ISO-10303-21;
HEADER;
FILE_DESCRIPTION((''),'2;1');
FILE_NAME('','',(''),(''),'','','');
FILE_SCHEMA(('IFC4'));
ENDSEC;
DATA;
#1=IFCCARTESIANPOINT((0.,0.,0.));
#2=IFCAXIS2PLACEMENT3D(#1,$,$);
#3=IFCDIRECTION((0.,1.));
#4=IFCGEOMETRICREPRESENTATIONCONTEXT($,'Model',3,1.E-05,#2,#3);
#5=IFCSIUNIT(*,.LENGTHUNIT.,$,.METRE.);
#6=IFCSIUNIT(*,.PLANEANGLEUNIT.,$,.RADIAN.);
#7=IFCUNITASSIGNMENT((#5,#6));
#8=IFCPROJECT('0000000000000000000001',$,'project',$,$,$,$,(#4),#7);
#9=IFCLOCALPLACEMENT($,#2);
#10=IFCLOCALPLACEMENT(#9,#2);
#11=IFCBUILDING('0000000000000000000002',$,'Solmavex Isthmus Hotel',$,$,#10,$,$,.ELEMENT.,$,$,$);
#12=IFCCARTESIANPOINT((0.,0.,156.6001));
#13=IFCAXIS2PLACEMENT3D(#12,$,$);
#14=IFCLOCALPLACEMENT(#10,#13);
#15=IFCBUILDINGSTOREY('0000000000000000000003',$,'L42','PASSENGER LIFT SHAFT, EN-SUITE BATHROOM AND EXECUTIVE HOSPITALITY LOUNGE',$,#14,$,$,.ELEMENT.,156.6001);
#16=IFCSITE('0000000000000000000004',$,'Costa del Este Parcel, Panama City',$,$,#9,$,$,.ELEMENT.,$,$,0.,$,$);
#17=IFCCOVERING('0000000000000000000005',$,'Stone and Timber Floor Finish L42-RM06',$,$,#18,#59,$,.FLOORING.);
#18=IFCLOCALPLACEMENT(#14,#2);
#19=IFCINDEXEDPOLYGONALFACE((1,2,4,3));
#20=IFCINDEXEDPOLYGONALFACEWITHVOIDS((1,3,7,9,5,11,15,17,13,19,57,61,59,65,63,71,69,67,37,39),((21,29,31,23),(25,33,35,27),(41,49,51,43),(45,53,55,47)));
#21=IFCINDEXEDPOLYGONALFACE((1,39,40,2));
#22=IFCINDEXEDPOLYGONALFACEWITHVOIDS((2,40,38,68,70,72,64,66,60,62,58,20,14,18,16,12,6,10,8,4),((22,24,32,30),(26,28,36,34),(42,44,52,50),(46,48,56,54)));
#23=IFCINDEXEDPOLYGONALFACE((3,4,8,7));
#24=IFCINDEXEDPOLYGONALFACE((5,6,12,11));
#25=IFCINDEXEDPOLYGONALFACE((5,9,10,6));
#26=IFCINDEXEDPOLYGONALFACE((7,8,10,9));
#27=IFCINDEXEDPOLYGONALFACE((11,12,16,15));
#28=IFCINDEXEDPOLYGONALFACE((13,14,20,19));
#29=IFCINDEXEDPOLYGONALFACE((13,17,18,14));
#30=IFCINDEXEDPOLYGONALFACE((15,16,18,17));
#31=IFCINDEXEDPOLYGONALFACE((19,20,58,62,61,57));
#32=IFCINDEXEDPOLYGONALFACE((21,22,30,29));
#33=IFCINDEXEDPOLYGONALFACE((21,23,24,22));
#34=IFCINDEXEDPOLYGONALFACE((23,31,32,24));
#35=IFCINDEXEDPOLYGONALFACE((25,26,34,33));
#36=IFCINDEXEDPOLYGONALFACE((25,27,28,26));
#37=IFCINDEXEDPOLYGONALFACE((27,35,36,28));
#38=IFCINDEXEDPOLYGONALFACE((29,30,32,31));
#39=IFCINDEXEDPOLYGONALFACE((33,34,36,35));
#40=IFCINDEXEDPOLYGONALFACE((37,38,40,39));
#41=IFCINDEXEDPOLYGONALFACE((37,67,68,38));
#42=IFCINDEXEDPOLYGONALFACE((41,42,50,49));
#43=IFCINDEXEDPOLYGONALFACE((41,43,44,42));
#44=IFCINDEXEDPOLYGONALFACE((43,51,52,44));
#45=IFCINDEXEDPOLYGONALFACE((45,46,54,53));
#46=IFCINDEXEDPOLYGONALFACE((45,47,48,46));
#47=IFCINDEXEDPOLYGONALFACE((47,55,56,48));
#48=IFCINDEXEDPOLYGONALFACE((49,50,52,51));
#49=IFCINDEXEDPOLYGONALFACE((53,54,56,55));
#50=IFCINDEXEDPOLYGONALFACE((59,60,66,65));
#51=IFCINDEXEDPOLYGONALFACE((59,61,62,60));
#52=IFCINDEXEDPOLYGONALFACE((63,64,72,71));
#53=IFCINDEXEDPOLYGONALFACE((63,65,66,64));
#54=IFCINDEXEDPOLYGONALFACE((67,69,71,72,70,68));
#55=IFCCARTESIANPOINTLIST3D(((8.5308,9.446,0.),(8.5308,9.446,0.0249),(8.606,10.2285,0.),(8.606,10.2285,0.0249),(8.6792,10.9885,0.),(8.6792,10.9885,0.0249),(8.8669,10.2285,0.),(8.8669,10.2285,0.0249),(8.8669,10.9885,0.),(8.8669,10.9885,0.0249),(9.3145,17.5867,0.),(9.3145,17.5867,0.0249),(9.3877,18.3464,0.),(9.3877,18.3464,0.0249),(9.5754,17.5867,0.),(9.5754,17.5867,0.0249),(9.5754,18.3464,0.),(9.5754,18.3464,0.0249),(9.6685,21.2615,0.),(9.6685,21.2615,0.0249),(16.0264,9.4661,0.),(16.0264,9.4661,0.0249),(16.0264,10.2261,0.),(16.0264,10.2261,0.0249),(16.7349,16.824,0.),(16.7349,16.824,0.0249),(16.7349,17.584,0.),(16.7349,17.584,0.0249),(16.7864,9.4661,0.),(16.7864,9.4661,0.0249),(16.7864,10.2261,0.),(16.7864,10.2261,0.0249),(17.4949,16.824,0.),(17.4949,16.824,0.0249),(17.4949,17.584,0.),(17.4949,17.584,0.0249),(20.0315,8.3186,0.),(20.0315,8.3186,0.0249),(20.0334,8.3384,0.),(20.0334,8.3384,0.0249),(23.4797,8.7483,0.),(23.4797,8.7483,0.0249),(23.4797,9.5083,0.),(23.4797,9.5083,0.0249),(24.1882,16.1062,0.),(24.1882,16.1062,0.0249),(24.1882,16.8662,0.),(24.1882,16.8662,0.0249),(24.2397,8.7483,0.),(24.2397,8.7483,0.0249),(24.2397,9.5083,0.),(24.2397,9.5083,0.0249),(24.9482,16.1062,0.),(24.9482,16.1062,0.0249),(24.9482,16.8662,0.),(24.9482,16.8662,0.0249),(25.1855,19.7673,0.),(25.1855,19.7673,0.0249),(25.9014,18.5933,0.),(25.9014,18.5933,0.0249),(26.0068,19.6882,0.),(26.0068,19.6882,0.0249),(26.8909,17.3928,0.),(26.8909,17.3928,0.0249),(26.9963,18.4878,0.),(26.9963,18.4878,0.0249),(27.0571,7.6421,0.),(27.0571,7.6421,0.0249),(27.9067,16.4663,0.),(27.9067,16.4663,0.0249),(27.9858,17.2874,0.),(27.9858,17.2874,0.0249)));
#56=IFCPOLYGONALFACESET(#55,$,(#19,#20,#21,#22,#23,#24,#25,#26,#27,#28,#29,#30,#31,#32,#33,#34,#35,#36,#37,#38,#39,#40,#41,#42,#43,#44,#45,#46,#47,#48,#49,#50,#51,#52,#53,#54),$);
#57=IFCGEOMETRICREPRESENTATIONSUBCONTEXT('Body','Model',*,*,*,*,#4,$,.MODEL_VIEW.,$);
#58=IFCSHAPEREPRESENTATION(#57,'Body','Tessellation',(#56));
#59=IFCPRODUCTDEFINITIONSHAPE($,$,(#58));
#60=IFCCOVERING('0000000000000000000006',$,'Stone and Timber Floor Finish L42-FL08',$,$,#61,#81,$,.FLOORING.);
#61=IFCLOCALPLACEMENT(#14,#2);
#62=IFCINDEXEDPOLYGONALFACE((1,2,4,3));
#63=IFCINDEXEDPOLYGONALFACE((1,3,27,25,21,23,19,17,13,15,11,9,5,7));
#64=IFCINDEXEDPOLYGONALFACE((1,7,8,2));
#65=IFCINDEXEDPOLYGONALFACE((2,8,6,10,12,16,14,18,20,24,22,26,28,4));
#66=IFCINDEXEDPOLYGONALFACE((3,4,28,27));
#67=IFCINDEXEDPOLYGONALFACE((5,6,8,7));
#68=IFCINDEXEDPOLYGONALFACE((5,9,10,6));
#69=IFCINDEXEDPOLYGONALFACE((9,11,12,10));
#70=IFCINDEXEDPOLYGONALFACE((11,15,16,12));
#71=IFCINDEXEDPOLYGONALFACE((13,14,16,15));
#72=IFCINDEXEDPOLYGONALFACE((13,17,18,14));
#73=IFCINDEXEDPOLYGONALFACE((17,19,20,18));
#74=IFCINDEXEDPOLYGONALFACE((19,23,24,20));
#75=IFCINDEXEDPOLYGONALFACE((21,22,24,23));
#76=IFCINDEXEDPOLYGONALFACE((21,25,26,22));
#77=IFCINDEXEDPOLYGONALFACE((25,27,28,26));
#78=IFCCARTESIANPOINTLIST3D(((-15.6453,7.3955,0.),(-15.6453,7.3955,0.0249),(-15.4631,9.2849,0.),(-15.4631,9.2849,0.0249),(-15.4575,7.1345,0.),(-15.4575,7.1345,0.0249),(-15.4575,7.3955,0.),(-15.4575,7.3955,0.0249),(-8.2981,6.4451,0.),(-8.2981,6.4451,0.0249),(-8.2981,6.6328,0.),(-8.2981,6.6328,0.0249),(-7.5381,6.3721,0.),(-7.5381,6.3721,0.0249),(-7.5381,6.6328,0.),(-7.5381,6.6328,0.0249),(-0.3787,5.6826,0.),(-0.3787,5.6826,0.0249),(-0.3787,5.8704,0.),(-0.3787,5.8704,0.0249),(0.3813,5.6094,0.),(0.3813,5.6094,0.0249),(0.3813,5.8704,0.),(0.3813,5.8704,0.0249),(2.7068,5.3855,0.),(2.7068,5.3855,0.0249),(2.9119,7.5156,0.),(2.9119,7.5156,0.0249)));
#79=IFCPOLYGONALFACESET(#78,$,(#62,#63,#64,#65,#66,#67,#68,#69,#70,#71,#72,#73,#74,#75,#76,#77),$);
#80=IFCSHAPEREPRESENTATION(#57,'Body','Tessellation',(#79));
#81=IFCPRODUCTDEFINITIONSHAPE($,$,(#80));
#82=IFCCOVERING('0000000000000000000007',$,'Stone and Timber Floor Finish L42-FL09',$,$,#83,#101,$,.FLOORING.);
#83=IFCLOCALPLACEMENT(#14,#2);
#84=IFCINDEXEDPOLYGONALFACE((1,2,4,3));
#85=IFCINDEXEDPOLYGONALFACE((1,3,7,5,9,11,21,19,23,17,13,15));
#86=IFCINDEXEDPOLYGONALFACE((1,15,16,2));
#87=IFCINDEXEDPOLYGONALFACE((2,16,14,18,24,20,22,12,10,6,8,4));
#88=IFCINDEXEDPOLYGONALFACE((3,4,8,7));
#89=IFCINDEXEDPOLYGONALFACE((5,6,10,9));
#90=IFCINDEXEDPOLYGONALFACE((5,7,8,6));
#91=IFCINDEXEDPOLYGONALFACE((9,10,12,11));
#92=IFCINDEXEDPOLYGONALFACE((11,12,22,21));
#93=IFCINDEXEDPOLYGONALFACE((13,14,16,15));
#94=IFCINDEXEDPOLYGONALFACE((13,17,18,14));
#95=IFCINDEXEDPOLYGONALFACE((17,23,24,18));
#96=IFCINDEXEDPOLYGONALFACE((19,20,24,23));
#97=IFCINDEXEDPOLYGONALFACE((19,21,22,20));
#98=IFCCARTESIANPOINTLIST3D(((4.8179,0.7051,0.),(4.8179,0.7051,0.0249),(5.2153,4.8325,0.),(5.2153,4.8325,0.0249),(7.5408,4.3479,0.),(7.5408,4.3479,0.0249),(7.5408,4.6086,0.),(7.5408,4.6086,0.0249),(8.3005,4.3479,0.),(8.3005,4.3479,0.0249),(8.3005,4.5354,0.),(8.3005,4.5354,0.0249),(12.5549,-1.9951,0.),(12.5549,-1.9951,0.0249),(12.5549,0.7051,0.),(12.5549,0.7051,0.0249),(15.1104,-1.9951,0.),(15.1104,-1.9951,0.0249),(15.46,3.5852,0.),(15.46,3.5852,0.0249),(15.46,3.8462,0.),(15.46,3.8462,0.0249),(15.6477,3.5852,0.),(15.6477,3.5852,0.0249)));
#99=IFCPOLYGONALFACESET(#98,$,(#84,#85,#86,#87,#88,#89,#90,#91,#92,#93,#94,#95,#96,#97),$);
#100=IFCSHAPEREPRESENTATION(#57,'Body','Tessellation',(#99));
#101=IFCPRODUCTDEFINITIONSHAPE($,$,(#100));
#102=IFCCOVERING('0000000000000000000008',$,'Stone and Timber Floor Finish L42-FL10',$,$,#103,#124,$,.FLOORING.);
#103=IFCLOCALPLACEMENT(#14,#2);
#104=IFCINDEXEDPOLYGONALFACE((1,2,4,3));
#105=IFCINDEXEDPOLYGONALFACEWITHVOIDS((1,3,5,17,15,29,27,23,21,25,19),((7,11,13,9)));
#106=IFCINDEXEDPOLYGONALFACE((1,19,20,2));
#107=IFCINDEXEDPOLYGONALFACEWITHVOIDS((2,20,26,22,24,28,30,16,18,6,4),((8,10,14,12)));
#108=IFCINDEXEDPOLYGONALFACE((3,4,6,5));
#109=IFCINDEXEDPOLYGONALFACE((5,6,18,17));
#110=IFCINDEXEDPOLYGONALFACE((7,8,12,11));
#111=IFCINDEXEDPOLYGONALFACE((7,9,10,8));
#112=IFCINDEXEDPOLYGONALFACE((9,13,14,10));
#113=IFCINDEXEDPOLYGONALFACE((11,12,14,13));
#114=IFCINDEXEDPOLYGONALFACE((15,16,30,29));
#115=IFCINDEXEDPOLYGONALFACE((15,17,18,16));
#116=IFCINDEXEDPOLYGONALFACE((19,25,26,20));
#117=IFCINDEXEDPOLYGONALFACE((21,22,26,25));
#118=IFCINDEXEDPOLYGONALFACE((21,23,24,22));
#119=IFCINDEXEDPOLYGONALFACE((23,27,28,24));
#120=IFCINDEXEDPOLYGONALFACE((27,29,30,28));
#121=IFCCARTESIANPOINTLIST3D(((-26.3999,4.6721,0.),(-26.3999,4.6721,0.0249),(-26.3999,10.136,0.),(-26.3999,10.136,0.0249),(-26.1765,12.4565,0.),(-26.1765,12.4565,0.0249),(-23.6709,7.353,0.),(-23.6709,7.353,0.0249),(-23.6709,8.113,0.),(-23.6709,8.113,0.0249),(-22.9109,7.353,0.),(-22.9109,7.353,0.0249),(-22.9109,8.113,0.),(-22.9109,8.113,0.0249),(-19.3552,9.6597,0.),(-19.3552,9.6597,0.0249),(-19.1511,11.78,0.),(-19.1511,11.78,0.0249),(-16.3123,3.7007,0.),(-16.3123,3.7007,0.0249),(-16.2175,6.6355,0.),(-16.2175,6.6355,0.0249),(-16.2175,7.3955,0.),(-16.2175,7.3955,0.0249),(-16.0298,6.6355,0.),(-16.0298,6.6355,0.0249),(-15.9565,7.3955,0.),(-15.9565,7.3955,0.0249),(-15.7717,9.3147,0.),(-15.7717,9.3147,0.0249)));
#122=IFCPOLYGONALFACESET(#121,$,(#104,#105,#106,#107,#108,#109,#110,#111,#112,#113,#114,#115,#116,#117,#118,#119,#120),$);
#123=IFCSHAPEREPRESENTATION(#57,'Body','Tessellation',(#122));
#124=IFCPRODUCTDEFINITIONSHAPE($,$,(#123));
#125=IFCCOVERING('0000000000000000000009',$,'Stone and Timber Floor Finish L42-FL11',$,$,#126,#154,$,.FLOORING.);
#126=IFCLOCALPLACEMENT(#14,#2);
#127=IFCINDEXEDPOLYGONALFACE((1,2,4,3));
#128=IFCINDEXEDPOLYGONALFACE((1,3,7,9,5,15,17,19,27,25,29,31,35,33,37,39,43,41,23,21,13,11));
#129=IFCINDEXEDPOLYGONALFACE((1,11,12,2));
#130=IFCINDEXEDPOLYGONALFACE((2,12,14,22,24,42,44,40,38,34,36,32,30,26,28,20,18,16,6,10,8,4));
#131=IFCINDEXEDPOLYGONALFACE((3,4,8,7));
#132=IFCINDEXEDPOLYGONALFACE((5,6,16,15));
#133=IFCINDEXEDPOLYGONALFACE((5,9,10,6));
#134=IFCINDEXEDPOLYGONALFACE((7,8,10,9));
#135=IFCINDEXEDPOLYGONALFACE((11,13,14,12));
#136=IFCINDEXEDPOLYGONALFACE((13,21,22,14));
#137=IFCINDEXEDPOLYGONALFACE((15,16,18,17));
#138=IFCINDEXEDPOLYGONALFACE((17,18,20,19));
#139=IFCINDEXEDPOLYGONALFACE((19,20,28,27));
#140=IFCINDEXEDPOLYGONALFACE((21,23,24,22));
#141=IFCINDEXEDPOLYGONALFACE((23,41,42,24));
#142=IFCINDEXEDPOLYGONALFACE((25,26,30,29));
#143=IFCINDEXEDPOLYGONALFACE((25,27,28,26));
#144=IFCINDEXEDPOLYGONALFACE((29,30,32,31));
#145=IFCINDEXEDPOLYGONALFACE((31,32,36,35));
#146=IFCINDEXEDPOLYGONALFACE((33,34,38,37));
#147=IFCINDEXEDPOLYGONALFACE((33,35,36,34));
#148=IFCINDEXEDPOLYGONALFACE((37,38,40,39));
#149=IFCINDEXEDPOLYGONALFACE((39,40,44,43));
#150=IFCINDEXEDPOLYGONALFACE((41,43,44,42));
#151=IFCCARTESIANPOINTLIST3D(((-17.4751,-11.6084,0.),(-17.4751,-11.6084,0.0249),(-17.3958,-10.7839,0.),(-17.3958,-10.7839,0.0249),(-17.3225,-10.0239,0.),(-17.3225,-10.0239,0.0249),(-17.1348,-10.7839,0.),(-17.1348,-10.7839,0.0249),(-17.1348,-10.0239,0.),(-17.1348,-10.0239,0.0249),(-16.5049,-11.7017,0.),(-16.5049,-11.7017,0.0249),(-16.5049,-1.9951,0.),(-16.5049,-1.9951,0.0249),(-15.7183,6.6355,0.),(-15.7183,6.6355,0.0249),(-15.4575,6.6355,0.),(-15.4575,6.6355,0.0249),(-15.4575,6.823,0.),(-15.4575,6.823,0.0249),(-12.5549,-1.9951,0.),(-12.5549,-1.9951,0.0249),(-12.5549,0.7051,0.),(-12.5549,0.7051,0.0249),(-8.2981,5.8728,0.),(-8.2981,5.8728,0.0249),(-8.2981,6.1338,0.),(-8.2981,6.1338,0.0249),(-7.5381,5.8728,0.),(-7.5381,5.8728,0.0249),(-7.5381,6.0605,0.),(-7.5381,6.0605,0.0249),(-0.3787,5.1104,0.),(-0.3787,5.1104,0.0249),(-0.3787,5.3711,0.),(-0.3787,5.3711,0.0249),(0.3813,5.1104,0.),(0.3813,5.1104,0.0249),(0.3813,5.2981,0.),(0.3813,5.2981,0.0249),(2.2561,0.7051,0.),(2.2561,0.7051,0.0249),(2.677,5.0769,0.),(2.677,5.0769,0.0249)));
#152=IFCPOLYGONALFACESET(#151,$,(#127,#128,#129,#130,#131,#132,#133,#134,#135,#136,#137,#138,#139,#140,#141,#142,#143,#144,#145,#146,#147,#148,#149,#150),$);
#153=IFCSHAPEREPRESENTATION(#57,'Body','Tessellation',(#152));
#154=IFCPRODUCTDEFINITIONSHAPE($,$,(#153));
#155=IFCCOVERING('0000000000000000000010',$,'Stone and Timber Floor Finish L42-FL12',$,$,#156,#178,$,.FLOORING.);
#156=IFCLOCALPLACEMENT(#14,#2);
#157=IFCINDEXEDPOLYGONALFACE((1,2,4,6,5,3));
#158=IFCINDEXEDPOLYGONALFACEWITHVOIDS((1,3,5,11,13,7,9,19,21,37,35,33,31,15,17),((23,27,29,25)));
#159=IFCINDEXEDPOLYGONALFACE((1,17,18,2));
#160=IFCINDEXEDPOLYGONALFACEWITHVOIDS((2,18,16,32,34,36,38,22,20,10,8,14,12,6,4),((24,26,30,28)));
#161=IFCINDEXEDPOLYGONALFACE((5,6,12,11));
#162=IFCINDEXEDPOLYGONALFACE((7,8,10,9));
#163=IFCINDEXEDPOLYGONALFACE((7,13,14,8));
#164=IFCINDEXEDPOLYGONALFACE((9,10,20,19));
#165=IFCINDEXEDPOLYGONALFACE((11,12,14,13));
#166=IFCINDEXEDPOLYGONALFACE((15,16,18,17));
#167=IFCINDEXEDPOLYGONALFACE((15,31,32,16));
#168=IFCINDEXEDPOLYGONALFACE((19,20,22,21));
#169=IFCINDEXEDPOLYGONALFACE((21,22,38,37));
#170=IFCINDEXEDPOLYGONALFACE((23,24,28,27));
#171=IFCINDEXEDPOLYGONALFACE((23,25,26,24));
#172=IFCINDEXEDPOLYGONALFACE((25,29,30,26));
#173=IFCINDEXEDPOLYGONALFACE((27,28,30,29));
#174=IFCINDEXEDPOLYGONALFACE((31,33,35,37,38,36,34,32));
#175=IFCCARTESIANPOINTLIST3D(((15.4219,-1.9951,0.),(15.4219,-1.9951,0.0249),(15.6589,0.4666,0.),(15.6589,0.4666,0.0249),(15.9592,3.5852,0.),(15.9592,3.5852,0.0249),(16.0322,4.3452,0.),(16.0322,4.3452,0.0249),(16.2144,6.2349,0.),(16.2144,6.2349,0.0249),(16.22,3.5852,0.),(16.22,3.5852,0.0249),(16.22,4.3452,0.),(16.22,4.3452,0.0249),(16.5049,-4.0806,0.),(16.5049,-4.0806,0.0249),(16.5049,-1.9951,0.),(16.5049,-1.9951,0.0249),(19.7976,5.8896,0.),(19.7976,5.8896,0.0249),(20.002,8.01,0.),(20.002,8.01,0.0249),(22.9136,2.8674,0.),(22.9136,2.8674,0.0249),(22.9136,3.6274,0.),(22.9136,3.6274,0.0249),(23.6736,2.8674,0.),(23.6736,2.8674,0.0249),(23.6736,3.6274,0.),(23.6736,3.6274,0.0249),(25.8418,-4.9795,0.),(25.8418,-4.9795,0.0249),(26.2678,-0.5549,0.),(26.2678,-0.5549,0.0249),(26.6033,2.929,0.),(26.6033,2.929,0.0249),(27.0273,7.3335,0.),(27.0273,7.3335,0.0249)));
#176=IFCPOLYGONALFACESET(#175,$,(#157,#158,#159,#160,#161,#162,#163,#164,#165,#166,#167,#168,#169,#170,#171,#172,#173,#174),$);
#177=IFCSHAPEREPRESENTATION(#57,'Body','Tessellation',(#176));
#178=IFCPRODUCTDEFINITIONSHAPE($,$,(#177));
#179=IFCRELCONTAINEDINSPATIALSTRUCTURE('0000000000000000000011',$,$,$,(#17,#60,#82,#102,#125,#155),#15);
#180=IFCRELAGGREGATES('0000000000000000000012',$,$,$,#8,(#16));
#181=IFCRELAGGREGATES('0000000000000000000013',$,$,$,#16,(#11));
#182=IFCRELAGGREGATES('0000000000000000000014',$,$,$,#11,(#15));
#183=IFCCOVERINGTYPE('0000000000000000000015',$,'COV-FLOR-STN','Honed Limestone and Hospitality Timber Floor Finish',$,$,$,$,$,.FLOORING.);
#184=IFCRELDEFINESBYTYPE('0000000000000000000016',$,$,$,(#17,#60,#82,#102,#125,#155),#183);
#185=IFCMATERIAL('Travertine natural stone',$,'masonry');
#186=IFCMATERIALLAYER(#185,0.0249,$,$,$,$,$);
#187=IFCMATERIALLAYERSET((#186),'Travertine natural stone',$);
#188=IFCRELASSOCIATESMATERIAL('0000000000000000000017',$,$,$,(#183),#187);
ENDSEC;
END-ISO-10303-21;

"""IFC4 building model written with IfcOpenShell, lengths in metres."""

from ifc_helpers import new_model, si_unit, direction, frame, origin, place, context, subcontext, project, spatial, polyline, outline, extrude, material, layer, layer_set, type_object, element, save


model = new_model("IFC4")

# Units and contexts
model_context = context("Model", 3, precision=1e-05, world=origin(), true_north=direction((0.0, 1.0)))
body_context = subcontext(model_context, "Body", "Model", "MODEL_VIEW")
ifc_project = project(units=[si_unit("LENGTHUNIT", "METRE"), si_unit("PLANEANGLEUNIT", "RADIAN")], contexts=[model_context])

# Site, building, storey
site_placement = place(None, origin())
site = spatial("IfcSite", under=ifc_project, at=site_placement, Name="Costa del Este Parcel, Panama City", CompositionType="ELEMENT", RefElevation=0.0)
building_placement = place(site_placement, origin())
building = spatial("IfcBuilding", under=site, at=building_placement, Name="Solmavex Isthmus Hotel", CompositionType="ELEMENT")
storey_placement = place(building_placement, frame((0.0, 0.0, 156.6001)))
storey = spatial("IfcBuildingStorey", under=building, at=storey_placement, Name="L42", Description="PASSENGER LIFT SHAFT, EN-SUITE BATHROOM AND EXECUTIVE HOSPITALITY LOUNGE", CompositionType="ELEMENT", Elevation=156.6001)

# Coverings
ifc_material_1 = material(Name="Travertine natural stone", Category="masonry")
ifc_layer_1 = layer(ifc_material_1, 0.0249)
ifc_layer_set_1 = layer_set([ifc_layer_1], Name="Travertine natural stone")
covering_type_1 = type_object("IfcCoveringType", Name="COV-FLOR-STN", Description="Honed Limestone and Hospitality Timber Floor Finish", PredefinedType="FLOORING", material=ifc_layer_set_1)
covering_1_placement = place(storey_placement, origin())
element("IfcCovering", 1, at=covering_1_placement, inside=storey, type_object=covering_type_1, Name="Stone and Timber Floor Finish L42-RM06", PredefinedType="FLOORING", context=body_context, shape_type="SweptSolid", body=[
    extrude(outline(polyline([(8.6792, 10.9885), (8.8669, 10.9885), (8.8669, 10.2285), (8.606, 10.2285), (8.5308, 9.446), (20.0334, 8.3384), (20.0315, 8.3186), (27.0571, 7.6421), (27.9067, 16.4663), (27.9858, 17.2874), (26.8909, 17.3928), (26.9963, 18.4878), (25.9014, 18.5933), (26.0068, 19.6882), (25.1855, 19.7673), (9.6685, 21.2615), (9.3877, 18.3464), (9.5754, 18.3464), (9.5754, 17.5867), (9.3145, 17.5867), (8.6792, 10.9885)]), holes=[polyline([(24.1882, 16.1062), (24.1882, 16.8662), (24.9482, 16.8662), (24.9482, 16.1062), (24.1882, 16.1062)]), polyline([(23.4797, 8.7483), (23.4797, 9.5083), (24.2397, 9.5083), (24.2397, 8.7483), (23.4797, 8.7483)]), polyline([(16.7349, 16.824), (16.7349, 17.584), (17.4949, 17.584), (17.4949, 16.824), (16.7349, 16.824)]), polyline([(16.0264, 9.4661), (16.0264, 10.2261), (16.7864, 10.2261), (16.7864, 9.4661), (16.0264, 9.4661)])]), origin(), (0.0, 0.0, 1.0), 0.0249),
])
covering_2_placement = place(storey_placement, origin())
element("IfcCovering", 2, at=covering_2_placement, inside=storey, type_object=covering_type_1, Name="Stone and Timber Floor Finish L42-FL08", PredefinedType="FLOORING", context=body_context, shape_type="SweptSolid", body=[
    extrude(outline(polyline([(-0.3787, 5.6826), (-0.3787, 5.8704), (0.3813, 5.8704), (0.3813, 5.6094), (2.7068, 5.3855), (2.9119, 7.5156), (-15.4631, 9.2849), (-15.6453, 7.3955), (-15.4575, 7.3955), (-15.4575, 7.1345), (-8.2981, 6.4451), (-8.2981, 6.6328), (-7.5381, 6.6328), (-7.5381, 6.3721), (-0.3787, 5.6826)])), origin(), (0.0, 0.0, 1.0), 0.0249),
])
covering_3_placement = place(storey_placement, origin())
element("IfcCovering", 3, at=covering_3_placement, inside=storey, type_object=covering_type_1, Name="Stone and Timber Floor Finish L42-FL09", PredefinedType="FLOORING", context=body_context, shape_type="SweptSolid", body=[
    extrude(outline(polyline([(8.3005, 4.5354), (8.3005, 4.3479), (7.5408, 4.3479), (7.5408, 4.6086), (5.2153, 4.8325), (4.8179, 0.7051), (12.5549, 0.7051), (12.5549, -1.9951), (15.1104, -1.9951), (15.6477, 3.5852), (15.46, 3.5852), (15.46, 3.8462), (8.3005, 4.5354)])), origin(), (0.0, 0.0, 1.0), 0.0249),
])
covering_4_placement = place(storey_placement, origin())
element("IfcCovering", 4, at=covering_4_placement, inside=storey, type_object=covering_type_1, Name="Stone and Timber Floor Finish L42-FL10", PredefinedType="FLOORING", context=body_context, shape_type="SweptSolid", body=[
    extrude(outline(polyline([(-16.0298, 6.6355), (-16.2175, 6.6355), (-16.2175, 7.3955), (-15.9565, 7.3955), (-15.7717, 9.3147), (-19.3552, 9.6597), (-19.1511, 11.78), (-26.1765, 12.4565), (-26.3999, 10.136), (-26.3999, 4.6721), (-16.3123, 3.7007), (-16.0298, 6.6355)]), holes=[polyline([(-23.6709, 7.353), (-23.6709, 8.113), (-22.9109, 8.113), (-22.9109, 7.353), (-23.6709, 7.353)])]), origin(), (0.0, 0.0, 1.0), 0.0249),
])
covering_5_placement = place(storey_placement, origin())
element("IfcCovering", 5, at=covering_5_placement, inside=storey, type_object=covering_type_1, Name="Stone and Timber Floor Finish L42-FL11", PredefinedType="FLOORING", context=body_context, shape_type="SweptSolid", body=[
    extrude(outline(polyline([(-17.3225, -10.0239), (-17.1348, -10.0239), (-17.1348, -10.7839), (-17.3958, -10.7839), (-17.4751, -11.6084), (-16.5049, -11.7017), (-16.5049, -1.9951), (-12.5549, -1.9951), (-12.5549, 0.7051), (2.2561, 0.7051), (2.677, 5.0769), (0.3813, 5.2981), (0.3813, 5.1104), (-0.3787, 5.1104), (-0.3787, 5.3711), (-7.5381, 6.0605), (-7.5381, 5.8728), (-8.2981, 5.8728), (-8.2981, 6.1338), (-15.4575, 6.823), (-15.4575, 6.6355), (-15.7183, 6.6355), (-17.3225, -10.0239)])), origin(), (0.0, 0.0, 1.0), 0.0249),
])
covering_6_placement = place(storey_placement, origin())
element("IfcCovering", 6, at=covering_6_placement, inside=storey, type_object=covering_type_1, Name="Stone and Timber Floor Finish L42-FL12", PredefinedType="FLOORING", context=body_context, shape_type="SweptSolid", body=[
    extrude(outline(polyline([(16.0322, 4.3452), (16.22, 4.3452), (16.22, 3.5852), (15.9592, 3.5852), (15.6589, 0.4666), (15.4219, -1.9951), (16.5049, -1.9951), (16.5049, -4.0806), (25.8418, -4.9795), (26.2678, -0.5549), (26.6033, 2.929), (27.0273, 7.3335), (20.002, 8.01), (19.7976, 5.8896), (16.2144, 6.2349), (16.0322, 4.3452)]), holes=[polyline([(22.9136, 2.8674), (22.9136, 3.6274), (23.6736, 3.6274), (23.6736, 2.8674), (22.9136, 2.8674)])]), origin(), (0.0, 0.0, 1.0), 0.0249),
])

save(model, "model.ifc")
